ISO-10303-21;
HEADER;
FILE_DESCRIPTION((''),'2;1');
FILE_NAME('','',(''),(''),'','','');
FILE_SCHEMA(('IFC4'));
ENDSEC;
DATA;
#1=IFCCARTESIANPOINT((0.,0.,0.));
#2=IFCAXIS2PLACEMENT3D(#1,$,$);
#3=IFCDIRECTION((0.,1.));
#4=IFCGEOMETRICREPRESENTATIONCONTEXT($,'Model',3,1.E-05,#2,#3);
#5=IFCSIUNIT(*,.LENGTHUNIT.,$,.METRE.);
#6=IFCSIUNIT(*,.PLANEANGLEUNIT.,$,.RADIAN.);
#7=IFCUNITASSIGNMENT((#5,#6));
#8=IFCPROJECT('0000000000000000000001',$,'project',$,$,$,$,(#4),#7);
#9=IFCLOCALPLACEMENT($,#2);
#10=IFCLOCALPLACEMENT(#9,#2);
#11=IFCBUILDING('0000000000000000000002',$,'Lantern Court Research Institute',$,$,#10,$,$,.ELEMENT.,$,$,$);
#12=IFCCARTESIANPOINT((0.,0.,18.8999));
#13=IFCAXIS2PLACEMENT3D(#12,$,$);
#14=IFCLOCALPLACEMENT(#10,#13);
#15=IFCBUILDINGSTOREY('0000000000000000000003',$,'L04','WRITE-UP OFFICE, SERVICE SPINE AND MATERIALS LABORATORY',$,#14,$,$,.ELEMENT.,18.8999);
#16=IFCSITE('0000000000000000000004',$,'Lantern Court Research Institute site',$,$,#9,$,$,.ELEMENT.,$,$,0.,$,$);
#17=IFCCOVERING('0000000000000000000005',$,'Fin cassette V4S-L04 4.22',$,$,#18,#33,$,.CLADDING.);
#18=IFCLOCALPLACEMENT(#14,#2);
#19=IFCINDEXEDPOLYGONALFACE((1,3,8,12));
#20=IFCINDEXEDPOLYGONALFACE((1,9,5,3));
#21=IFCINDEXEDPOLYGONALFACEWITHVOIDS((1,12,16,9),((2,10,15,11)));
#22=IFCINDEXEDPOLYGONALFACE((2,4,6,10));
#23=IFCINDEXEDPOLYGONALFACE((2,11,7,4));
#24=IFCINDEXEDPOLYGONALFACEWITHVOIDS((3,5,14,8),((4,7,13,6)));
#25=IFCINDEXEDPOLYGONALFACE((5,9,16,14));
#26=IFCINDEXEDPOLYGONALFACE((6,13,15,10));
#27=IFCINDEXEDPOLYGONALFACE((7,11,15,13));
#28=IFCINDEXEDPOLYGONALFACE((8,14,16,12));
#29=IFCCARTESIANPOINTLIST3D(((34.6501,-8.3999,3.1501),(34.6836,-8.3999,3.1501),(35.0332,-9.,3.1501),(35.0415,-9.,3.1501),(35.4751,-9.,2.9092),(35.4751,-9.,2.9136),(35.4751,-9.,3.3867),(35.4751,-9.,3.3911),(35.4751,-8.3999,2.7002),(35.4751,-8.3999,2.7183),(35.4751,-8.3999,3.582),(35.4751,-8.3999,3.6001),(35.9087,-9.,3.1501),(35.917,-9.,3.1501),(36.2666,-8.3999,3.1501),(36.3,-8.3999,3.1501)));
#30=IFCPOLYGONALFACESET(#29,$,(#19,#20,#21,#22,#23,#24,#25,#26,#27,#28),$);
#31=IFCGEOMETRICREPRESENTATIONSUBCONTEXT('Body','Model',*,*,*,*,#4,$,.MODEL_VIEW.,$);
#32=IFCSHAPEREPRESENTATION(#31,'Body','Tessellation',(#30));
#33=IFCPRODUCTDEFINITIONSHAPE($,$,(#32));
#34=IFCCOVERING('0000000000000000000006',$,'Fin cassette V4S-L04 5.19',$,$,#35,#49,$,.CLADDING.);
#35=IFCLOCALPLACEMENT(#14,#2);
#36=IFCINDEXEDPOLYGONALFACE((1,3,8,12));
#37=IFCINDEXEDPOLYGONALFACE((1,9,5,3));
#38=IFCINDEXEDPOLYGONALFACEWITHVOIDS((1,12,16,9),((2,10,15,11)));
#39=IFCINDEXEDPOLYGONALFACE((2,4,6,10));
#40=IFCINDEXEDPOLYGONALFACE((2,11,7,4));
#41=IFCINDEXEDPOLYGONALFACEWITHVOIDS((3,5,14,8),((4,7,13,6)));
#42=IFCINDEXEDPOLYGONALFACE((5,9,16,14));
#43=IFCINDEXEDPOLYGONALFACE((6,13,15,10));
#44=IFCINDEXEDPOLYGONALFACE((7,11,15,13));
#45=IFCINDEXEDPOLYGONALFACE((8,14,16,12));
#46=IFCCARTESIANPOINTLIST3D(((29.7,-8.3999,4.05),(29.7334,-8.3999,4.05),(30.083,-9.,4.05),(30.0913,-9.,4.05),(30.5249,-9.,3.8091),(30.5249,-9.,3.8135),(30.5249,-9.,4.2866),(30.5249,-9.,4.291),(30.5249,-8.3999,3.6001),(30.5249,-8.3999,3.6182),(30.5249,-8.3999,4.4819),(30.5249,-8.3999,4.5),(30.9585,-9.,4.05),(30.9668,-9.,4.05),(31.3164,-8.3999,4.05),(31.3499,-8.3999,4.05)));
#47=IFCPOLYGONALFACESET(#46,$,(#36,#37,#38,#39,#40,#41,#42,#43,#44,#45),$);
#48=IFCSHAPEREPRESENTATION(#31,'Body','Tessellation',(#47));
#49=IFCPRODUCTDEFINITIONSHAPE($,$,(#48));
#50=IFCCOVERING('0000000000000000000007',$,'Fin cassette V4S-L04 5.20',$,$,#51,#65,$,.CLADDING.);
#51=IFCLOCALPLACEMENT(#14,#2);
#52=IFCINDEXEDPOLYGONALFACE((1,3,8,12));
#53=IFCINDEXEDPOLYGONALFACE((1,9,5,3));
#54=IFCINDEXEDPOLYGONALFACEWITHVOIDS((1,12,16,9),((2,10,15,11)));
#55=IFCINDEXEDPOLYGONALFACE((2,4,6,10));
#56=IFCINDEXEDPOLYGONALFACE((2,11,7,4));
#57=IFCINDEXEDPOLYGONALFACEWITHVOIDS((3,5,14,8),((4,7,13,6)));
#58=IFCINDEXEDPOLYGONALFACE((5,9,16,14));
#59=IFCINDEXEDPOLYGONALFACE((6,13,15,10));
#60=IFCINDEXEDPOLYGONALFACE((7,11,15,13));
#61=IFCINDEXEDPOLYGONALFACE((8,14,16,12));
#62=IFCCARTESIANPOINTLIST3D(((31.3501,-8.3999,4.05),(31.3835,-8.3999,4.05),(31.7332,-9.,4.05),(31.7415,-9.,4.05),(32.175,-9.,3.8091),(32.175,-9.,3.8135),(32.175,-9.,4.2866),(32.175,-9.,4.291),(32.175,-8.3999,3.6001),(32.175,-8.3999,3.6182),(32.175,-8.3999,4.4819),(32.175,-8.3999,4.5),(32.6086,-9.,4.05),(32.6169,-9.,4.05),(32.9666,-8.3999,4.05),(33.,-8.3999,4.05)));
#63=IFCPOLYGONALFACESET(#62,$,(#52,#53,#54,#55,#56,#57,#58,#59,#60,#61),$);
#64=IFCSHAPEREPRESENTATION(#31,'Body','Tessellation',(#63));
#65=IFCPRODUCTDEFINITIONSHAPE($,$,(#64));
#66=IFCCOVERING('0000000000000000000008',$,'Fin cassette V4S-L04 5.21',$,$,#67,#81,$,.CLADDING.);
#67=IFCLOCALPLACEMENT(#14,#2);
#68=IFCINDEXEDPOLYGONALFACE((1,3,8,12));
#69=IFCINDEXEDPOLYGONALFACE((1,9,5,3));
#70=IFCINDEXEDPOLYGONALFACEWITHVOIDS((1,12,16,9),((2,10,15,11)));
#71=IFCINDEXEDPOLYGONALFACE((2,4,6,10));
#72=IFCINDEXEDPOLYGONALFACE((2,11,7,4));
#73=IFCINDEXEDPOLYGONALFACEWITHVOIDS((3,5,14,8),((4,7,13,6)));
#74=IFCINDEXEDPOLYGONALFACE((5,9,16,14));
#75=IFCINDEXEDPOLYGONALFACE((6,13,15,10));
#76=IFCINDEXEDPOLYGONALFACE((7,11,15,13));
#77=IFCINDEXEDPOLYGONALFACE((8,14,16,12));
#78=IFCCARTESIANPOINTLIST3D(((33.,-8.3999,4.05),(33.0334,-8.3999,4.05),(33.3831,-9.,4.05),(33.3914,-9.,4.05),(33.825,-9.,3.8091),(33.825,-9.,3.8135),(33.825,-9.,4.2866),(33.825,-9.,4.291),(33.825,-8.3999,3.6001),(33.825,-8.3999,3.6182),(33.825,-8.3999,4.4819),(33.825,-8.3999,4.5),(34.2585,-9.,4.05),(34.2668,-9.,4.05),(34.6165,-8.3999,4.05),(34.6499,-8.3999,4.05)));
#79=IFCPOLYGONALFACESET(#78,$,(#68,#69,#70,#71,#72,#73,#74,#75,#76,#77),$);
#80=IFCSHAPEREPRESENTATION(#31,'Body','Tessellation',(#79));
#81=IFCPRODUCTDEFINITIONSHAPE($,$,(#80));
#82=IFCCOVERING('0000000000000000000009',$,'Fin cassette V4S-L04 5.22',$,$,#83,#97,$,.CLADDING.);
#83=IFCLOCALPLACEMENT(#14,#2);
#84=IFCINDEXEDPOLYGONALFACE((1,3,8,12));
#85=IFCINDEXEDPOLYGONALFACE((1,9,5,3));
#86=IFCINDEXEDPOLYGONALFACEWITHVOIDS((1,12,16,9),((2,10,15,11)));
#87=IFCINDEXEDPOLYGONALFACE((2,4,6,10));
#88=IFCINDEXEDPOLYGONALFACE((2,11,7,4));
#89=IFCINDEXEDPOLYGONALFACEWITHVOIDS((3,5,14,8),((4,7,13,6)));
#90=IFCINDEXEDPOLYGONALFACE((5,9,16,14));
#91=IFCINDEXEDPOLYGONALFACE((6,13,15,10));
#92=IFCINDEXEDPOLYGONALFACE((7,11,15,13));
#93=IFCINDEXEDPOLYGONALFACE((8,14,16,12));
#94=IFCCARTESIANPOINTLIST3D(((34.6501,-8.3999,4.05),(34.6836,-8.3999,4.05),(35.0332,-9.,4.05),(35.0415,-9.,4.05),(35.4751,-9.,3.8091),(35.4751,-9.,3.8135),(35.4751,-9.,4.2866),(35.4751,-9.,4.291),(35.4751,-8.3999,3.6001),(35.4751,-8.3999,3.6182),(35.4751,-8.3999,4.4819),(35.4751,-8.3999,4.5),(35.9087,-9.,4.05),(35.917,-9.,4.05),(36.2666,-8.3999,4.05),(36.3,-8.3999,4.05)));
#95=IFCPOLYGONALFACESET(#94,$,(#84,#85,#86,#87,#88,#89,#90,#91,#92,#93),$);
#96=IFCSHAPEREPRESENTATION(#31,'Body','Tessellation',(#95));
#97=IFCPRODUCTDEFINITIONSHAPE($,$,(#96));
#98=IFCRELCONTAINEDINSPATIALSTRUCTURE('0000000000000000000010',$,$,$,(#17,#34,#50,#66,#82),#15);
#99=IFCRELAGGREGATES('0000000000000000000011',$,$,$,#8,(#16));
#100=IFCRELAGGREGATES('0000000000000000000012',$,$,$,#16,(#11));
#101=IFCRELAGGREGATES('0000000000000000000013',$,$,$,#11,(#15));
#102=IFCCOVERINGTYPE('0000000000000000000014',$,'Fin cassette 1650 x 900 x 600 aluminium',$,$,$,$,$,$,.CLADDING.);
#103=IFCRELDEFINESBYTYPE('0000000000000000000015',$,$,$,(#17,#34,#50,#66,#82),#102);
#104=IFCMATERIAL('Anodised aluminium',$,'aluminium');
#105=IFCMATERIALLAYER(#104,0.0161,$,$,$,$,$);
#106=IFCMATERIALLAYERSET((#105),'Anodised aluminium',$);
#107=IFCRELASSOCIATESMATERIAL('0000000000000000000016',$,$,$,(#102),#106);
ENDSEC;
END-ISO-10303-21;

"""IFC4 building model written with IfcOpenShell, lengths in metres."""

from ifc_helpers import new_model, entity, si_unit, direction, frame, origin, place, context, subcontext, project, spatial, material, layer, layer_set, type_object, element, save


model = new_model("IFC4")

# Units and contexts
model_context = context("Model", 3, precision=1e-05, world=origin(), true_north=direction((0.0, 1.0)))
body_context = subcontext(model_context, "Body", "Model", "MODEL_VIEW")
ifc_project = project(units=[si_unit("LENGTHUNIT", "METRE"), si_unit("PLANEANGLEUNIT", "RADIAN")], contexts=[model_context])

# Site, building, storey
site_placement = place(None, origin())
site = spatial("IfcSite", under=ifc_project, at=site_placement, Name="Lantern Court Research Institute site", CompositionType="ELEMENT", RefElevation=0.0)
building_placement = place(site_placement, origin())
building = spatial("IfcBuilding", under=site, at=building_placement, Name="Lantern Court Research Institute", CompositionType="ELEMENT")
storey_placement = place(building_placement, frame((0.0, 0.0, 18.8999)))
storey = spatial("IfcBuildingStorey", under=building, at=storey_placement, Name="L04", Description="WRITE-UP OFFICE, SERVICE SPINE AND MATERIALS LABORATORY", CompositionType="ELEMENT", Elevation=18.8999)

# Coverings
ifc_material_1 = material(Name="Anodised aluminium", Category="aluminium")
ifc_layer_1 = layer(ifc_material_1, 0.0161)
ifc_layer_set_1 = layer_set([ifc_layer_1], Name="Anodised aluminium")
covering_type = type_object("IfcCoveringType", Name="Fin cassette 1650 x 900 x 600 aluminium", PredefinedType="CLADDING", material=ifc_layer_set_1)
covering_1_placement = place(storey_placement, frame((35.4751, -8.3999, 3.1501), z_axis=(0.0, -1.0, 0.0), x_axis=(1.0, 0.0, 0.0)))
cartesian_point_1 = entity("IfcCartesianPoint", [0.825, 0.0])
cartesian_point_2 = entity("IfcCartesianPoint", [0.7915, 0.0])
cartesian_point_3 = entity("IfcCartesianPoint", [0.4419, 0.0])
cartesian_point_4 = entity("IfcCartesianPoint", [0.4336, 0.0])
element("IfcCovering", 1, at=covering_1_placement, inside=storey, type_object=covering_type, Name="Fin cassette V4S-L04 4.22", PredefinedType="CLADDING", context=body_context, shape_type="SweptSolid", body=[
    entity("IfcExtrudedAreaSolidTapered", entity("IfcArbitraryProfileDefWithVoids", "AREA", None, entity("IfcPolyline", [cartesian_point_1, entity("IfcCartesianPoint", [0.0, 0.45]), entity("IfcCartesianPoint", [-0.825, 0.0]), entity("IfcCartesianPoint", [0.0, -0.45]), cartesian_point_1]), [entity("IfcPolyline", [cartesian_point_2, entity("IfcCartesianPoint", [0.0, 0.4319]), entity("IfcCartesianPoint", [-0.7915, 0.0]), entity("IfcCartesianPoint", [0.0, -0.4319]), cartesian_point_2])]), entity("IfcAxis2Placement3D", entity("IfcCartesianPoint", [0.0, 0.0, 0.0])), entity("IfcDirection", [0.0, 0.0, 1.0]), 0.6001, entity("IfcArbitraryProfileDefWithVoids", "AREA", None, entity("IfcPolyline", [cartesian_point_3, entity("IfcCartesianPoint", [0.0, 0.241]), entity("IfcCartesianPoint", [-0.4419, 0.0]), entity("IfcCartesianPoint", [0.0, -0.241]), cartesian_point_3]), [entity("IfcPolyline", [cartesian_point_4, entity("IfcCartesianPoint", [0.0, 0.2366]), entity("IfcCartesianPoint", [-0.4336, 0.0]), entity("IfcCartesianPoint", [0.0, -0.2366]), cartesian_point_4])])),
])
covering_2_placement = place(storey_placement, frame((30.5249, -8.3999, 4.05), z_axis=(0.0, -1.0, 0.0), x_axis=(1.0, 0.0, 0.0)))
cartesian_point_5 = entity("IfcCartesianPoint", [0.825, 0.0])
cartesian_point_6 = entity("IfcCartesianPoint", [0.7915, 0.0])
cartesian_point_7 = entity("IfcCartesianPoint", [0.4419, 0.0])
cartesian_point_8 = entity("IfcCartesianPoint", [0.4336, 0.0])
element("IfcCovering", 2, at=covering_2_placement, inside=storey, type_object=covering_type, Name="Fin cassette V4S-L04 5.19", PredefinedType="CLADDING", context=body_context, shape_type="SweptSolid", body=[
    entity("IfcExtrudedAreaSolidTapered", entity("IfcArbitraryProfileDefWithVoids", "AREA", None, entity("IfcPolyline", [cartesian_point_5, entity("IfcCartesianPoint", [0.0, 0.45]), entity("IfcCartesianPoint", [-0.825, 0.0]), entity("IfcCartesianPoint", [0.0, -0.45]), cartesian_point_5]), [entity("IfcPolyline", [cartesian_point_6, entity("IfcCartesianPoint", [0.0, 0.4319]), entity("IfcCartesianPoint", [-0.7915, 0.0]), entity("IfcCartesianPoint", [0.0, -0.4319]), cartesian_point_6])]), entity("IfcAxis2Placement3D", entity("IfcCartesianPoint", [0.0, 0.0, 0.0])), entity("IfcDirection", [0.0, 0.0, 1.0]), 0.6001, entity("IfcArbitraryProfileDefWithVoids", "AREA", None, entity("IfcPolyline", [cartesian_point_7, entity("IfcCartesianPoint", [0.0, 0.241]), entity("IfcCartesianPoint", [-0.4419, 0.0]), entity("IfcCartesianPoint", [0.0, -0.241]), cartesian_point_7]), [entity("IfcPolyline", [cartesian_point_8, entity("IfcCartesianPoint", [0.0, 0.2366]), entity("IfcCartesianPoint", [-0.4336, 0.0]), entity("IfcCartesianPoint", [0.0, -0.2366]), cartesian_point_8])])),
])
covering_3_placement = place(storey_placement, frame((32.175, -8.3999, 4.05), z_axis=(0.0, -1.0, 0.0), x_axis=(1.0, 0.0, 0.0)))
cartesian_point_9 = entity("IfcCartesianPoint", [0.825, 0.0])
cartesian_point_10 = entity("IfcCartesianPoint", [0.7915, 0.0])
cartesian_point_11 = entity("IfcCartesianPoint", [0.4419, 0.0])
cartesian_point_12 = entity("IfcCartesianPoint", [0.4336, 0.0])
element("IfcCovering", 3, at=covering_3_placement, inside=storey, type_object=covering_type, Name="Fin cassette V4S-L04 5.20", PredefinedType="CLADDING", context=body_context, shape_type="SweptSolid", body=[
    entity("IfcExtrudedAreaSolidTapered", entity("IfcArbitraryProfileDefWithVoids", "AREA", None, entity("IfcPolyline", [cartesian_point_9, entity("IfcCartesianPoint", [0.0, 0.45]), entity("IfcCartesianPoint", [-0.825, 0.0]), entity("IfcCartesianPoint", [0.0, -0.45]), cartesian_point_9]), [entity("IfcPolyline", [cartesian_point_10, entity("IfcCartesianPoint", [0.0, 0.4319]), entity("IfcCartesianPoint", [-0.7915, 0.0]), entity("IfcCartesianPoint", [0.0, -0.4319]), cartesian_point_10])]), entity("IfcAxis2Placement3D", entity("IfcCartesianPoint", [0.0, 0.0, 0.0])), entity("IfcDirection", [0.0, 0.0, 1.0]), 0.6001, entity("IfcArbitraryProfileDefWithVoids", "AREA", None, entity("IfcPolyline", [cartesian_point_11, entity("IfcCartesianPoint", [0.0, 0.241]), entity("IfcCartesianPoint", [-0.4419, 0.0]), entity("IfcCartesianPoint", [0.0, -0.241]), cartesian_point_11]), [entity("IfcPolyline", [cartesian_point_12, entity("IfcCartesianPoint", [0.0, 0.2366]), entity("IfcCartesianPoint", [-0.4336, 0.0]), entity("IfcCartesianPoint", [0.0, -0.2366]), cartesian_point_12])])),
])
covering_4_placement = place(storey_placement, frame((33.825, -8.3999, 4.05), z_axis=(0.0, -1.0, 0.0), x_axis=(1.0, 0.0, 0.0)))
cartesian_point_13 = entity("IfcCartesianPoint", [0.825, 0.0])
cartesian_point_14 = entity("IfcCartesianPoint", [0.7915, 0.0])
cartesian_point_15 = entity("IfcCartesianPoint", [0.4419, 0.0])
cartesian_point_16 = entity("IfcCartesianPoint", [0.4336, 0.0])
element("IfcCovering", 4, at=covering_4_placement, inside=storey, type_object=covering_type, Name="Fin cassette V4S-L04 5.21", PredefinedType="CLADDING", context=body_context, shape_type="SweptSolid", body=[
    entity("IfcExtrudedAreaSolidTapered", entity("IfcArbitraryProfileDefWithVoids", "AREA", None, entity("IfcPolyline", [cartesian_point_13, entity("IfcCartesianPoint", [0.0, 0.45]), entity("IfcCartesianPoint", [-0.825, 0.0]), entity("IfcCartesianPoint", [0.0, -0.45]), cartesian_point_13]), [entity("IfcPolyline", [cartesian_point_14, entity("IfcCartesianPoint", [0.0, 0.4319]), entity("IfcCartesianPoint", [-0.7915, 0.0]), entity("IfcCartesianPoint", [0.0, -0.4319]), cartesian_point_14])]), entity("IfcAxis2Placement3D", entity("IfcCartesianPoint", [0.0, 0.0, 0.0])), entity("IfcDirection", [0.0, 0.0, 1.0]), 0.6001, entity("IfcArbitraryProfileDefWithVoids", "AREA", None, entity("IfcPolyline", [cartesian_point_15, entity("IfcCartesianPoint", [0.0, 0.241]), entity("IfcCartesianPoint", [-0.4419, 0.0]), entity("IfcCartesianPoint", [0.0, -0.241]), cartesian_point_15]), [entity("IfcPolyline", [cartesian_point_16, entity("IfcCartesianPoint", [0.0, 0.2366]), entity("IfcCartesianPoint", [-0.4336, 0.0]), entity("IfcCartesianPoint", [0.0, -0.2366]), cartesian_point_16])])),
])
covering_5_placement = place(storey_placement, frame((35.4751, -8.3999, 4.05), z_axis=(0.0, -1.0, 0.0), x_axis=(1.0, 0.0, 0.0)))
cartesian_point_17 = entity("IfcCartesianPoint", [0.825, 0.0])
cartesian_point_18 = entity("IfcCartesianPoint", [0.7915, 0.0])
cartesian_point_19 = entity("IfcCartesianPoint", [0.4419, 0.0])
cartesian_point_20 = entity("IfcCartesianPoint", [0.4336, 0.0])
element("IfcCovering", 5, at=covering_5_placement, inside=storey, type_object=covering_type, Name="Fin cassette V4S-L04 5.22", PredefinedType="CLADDING", context=body_context, shape_type="SweptSolid", body=[
    entity("IfcExtrudedAreaSolidTapered", entity("IfcArbitraryProfileDefWithVoids", "AREA", None, entity("IfcPolyline", [cartesian_point_17, entity("IfcCartesianPoint", [0.0, 0.45]), entity("IfcCartesianPoint", [-0.825, 0.0]), entity("IfcCartesianPoint", [0.0, -0.45]), cartesian_point_17]), [entity("IfcPolyline", [cartesian_point_18, entity("IfcCartesianPoint", [0.0, 0.4319]), entity("IfcCartesianPoint", [-0.7915, 0.0]), entity("IfcCartesianPoint", [0.0, -0.4319]), cartesian_point_18])]), entity("IfcAxis2Placement3D", entity("IfcCartesianPoint", [0.0, 0.0, 0.0])), entity("IfcDirection", [0.0, 0.0, 1.0]), 0.6001, entity("IfcArbitraryProfileDefWithVoids", "AREA", None, entity("IfcPolyline", [cartesian_point_19, entity("IfcCartesianPoint", [0.0, 0.241]), entity("IfcCartesianPoint", [-0.4419, 0.0]), entity("IfcCartesianPoint", [0.0, -0.241]), cartesian_point_19]), [entity("IfcPolyline", [cartesian_point_20, entity("IfcCartesianPoint", [0.0, 0.2366]), entity("IfcCartesianPoint", [-0.4336, 0.0]), entity("IfcCartesianPoint", [0.0, -0.2366]), cartesian_point_20])])),
])

save(model, "model.ifc")
